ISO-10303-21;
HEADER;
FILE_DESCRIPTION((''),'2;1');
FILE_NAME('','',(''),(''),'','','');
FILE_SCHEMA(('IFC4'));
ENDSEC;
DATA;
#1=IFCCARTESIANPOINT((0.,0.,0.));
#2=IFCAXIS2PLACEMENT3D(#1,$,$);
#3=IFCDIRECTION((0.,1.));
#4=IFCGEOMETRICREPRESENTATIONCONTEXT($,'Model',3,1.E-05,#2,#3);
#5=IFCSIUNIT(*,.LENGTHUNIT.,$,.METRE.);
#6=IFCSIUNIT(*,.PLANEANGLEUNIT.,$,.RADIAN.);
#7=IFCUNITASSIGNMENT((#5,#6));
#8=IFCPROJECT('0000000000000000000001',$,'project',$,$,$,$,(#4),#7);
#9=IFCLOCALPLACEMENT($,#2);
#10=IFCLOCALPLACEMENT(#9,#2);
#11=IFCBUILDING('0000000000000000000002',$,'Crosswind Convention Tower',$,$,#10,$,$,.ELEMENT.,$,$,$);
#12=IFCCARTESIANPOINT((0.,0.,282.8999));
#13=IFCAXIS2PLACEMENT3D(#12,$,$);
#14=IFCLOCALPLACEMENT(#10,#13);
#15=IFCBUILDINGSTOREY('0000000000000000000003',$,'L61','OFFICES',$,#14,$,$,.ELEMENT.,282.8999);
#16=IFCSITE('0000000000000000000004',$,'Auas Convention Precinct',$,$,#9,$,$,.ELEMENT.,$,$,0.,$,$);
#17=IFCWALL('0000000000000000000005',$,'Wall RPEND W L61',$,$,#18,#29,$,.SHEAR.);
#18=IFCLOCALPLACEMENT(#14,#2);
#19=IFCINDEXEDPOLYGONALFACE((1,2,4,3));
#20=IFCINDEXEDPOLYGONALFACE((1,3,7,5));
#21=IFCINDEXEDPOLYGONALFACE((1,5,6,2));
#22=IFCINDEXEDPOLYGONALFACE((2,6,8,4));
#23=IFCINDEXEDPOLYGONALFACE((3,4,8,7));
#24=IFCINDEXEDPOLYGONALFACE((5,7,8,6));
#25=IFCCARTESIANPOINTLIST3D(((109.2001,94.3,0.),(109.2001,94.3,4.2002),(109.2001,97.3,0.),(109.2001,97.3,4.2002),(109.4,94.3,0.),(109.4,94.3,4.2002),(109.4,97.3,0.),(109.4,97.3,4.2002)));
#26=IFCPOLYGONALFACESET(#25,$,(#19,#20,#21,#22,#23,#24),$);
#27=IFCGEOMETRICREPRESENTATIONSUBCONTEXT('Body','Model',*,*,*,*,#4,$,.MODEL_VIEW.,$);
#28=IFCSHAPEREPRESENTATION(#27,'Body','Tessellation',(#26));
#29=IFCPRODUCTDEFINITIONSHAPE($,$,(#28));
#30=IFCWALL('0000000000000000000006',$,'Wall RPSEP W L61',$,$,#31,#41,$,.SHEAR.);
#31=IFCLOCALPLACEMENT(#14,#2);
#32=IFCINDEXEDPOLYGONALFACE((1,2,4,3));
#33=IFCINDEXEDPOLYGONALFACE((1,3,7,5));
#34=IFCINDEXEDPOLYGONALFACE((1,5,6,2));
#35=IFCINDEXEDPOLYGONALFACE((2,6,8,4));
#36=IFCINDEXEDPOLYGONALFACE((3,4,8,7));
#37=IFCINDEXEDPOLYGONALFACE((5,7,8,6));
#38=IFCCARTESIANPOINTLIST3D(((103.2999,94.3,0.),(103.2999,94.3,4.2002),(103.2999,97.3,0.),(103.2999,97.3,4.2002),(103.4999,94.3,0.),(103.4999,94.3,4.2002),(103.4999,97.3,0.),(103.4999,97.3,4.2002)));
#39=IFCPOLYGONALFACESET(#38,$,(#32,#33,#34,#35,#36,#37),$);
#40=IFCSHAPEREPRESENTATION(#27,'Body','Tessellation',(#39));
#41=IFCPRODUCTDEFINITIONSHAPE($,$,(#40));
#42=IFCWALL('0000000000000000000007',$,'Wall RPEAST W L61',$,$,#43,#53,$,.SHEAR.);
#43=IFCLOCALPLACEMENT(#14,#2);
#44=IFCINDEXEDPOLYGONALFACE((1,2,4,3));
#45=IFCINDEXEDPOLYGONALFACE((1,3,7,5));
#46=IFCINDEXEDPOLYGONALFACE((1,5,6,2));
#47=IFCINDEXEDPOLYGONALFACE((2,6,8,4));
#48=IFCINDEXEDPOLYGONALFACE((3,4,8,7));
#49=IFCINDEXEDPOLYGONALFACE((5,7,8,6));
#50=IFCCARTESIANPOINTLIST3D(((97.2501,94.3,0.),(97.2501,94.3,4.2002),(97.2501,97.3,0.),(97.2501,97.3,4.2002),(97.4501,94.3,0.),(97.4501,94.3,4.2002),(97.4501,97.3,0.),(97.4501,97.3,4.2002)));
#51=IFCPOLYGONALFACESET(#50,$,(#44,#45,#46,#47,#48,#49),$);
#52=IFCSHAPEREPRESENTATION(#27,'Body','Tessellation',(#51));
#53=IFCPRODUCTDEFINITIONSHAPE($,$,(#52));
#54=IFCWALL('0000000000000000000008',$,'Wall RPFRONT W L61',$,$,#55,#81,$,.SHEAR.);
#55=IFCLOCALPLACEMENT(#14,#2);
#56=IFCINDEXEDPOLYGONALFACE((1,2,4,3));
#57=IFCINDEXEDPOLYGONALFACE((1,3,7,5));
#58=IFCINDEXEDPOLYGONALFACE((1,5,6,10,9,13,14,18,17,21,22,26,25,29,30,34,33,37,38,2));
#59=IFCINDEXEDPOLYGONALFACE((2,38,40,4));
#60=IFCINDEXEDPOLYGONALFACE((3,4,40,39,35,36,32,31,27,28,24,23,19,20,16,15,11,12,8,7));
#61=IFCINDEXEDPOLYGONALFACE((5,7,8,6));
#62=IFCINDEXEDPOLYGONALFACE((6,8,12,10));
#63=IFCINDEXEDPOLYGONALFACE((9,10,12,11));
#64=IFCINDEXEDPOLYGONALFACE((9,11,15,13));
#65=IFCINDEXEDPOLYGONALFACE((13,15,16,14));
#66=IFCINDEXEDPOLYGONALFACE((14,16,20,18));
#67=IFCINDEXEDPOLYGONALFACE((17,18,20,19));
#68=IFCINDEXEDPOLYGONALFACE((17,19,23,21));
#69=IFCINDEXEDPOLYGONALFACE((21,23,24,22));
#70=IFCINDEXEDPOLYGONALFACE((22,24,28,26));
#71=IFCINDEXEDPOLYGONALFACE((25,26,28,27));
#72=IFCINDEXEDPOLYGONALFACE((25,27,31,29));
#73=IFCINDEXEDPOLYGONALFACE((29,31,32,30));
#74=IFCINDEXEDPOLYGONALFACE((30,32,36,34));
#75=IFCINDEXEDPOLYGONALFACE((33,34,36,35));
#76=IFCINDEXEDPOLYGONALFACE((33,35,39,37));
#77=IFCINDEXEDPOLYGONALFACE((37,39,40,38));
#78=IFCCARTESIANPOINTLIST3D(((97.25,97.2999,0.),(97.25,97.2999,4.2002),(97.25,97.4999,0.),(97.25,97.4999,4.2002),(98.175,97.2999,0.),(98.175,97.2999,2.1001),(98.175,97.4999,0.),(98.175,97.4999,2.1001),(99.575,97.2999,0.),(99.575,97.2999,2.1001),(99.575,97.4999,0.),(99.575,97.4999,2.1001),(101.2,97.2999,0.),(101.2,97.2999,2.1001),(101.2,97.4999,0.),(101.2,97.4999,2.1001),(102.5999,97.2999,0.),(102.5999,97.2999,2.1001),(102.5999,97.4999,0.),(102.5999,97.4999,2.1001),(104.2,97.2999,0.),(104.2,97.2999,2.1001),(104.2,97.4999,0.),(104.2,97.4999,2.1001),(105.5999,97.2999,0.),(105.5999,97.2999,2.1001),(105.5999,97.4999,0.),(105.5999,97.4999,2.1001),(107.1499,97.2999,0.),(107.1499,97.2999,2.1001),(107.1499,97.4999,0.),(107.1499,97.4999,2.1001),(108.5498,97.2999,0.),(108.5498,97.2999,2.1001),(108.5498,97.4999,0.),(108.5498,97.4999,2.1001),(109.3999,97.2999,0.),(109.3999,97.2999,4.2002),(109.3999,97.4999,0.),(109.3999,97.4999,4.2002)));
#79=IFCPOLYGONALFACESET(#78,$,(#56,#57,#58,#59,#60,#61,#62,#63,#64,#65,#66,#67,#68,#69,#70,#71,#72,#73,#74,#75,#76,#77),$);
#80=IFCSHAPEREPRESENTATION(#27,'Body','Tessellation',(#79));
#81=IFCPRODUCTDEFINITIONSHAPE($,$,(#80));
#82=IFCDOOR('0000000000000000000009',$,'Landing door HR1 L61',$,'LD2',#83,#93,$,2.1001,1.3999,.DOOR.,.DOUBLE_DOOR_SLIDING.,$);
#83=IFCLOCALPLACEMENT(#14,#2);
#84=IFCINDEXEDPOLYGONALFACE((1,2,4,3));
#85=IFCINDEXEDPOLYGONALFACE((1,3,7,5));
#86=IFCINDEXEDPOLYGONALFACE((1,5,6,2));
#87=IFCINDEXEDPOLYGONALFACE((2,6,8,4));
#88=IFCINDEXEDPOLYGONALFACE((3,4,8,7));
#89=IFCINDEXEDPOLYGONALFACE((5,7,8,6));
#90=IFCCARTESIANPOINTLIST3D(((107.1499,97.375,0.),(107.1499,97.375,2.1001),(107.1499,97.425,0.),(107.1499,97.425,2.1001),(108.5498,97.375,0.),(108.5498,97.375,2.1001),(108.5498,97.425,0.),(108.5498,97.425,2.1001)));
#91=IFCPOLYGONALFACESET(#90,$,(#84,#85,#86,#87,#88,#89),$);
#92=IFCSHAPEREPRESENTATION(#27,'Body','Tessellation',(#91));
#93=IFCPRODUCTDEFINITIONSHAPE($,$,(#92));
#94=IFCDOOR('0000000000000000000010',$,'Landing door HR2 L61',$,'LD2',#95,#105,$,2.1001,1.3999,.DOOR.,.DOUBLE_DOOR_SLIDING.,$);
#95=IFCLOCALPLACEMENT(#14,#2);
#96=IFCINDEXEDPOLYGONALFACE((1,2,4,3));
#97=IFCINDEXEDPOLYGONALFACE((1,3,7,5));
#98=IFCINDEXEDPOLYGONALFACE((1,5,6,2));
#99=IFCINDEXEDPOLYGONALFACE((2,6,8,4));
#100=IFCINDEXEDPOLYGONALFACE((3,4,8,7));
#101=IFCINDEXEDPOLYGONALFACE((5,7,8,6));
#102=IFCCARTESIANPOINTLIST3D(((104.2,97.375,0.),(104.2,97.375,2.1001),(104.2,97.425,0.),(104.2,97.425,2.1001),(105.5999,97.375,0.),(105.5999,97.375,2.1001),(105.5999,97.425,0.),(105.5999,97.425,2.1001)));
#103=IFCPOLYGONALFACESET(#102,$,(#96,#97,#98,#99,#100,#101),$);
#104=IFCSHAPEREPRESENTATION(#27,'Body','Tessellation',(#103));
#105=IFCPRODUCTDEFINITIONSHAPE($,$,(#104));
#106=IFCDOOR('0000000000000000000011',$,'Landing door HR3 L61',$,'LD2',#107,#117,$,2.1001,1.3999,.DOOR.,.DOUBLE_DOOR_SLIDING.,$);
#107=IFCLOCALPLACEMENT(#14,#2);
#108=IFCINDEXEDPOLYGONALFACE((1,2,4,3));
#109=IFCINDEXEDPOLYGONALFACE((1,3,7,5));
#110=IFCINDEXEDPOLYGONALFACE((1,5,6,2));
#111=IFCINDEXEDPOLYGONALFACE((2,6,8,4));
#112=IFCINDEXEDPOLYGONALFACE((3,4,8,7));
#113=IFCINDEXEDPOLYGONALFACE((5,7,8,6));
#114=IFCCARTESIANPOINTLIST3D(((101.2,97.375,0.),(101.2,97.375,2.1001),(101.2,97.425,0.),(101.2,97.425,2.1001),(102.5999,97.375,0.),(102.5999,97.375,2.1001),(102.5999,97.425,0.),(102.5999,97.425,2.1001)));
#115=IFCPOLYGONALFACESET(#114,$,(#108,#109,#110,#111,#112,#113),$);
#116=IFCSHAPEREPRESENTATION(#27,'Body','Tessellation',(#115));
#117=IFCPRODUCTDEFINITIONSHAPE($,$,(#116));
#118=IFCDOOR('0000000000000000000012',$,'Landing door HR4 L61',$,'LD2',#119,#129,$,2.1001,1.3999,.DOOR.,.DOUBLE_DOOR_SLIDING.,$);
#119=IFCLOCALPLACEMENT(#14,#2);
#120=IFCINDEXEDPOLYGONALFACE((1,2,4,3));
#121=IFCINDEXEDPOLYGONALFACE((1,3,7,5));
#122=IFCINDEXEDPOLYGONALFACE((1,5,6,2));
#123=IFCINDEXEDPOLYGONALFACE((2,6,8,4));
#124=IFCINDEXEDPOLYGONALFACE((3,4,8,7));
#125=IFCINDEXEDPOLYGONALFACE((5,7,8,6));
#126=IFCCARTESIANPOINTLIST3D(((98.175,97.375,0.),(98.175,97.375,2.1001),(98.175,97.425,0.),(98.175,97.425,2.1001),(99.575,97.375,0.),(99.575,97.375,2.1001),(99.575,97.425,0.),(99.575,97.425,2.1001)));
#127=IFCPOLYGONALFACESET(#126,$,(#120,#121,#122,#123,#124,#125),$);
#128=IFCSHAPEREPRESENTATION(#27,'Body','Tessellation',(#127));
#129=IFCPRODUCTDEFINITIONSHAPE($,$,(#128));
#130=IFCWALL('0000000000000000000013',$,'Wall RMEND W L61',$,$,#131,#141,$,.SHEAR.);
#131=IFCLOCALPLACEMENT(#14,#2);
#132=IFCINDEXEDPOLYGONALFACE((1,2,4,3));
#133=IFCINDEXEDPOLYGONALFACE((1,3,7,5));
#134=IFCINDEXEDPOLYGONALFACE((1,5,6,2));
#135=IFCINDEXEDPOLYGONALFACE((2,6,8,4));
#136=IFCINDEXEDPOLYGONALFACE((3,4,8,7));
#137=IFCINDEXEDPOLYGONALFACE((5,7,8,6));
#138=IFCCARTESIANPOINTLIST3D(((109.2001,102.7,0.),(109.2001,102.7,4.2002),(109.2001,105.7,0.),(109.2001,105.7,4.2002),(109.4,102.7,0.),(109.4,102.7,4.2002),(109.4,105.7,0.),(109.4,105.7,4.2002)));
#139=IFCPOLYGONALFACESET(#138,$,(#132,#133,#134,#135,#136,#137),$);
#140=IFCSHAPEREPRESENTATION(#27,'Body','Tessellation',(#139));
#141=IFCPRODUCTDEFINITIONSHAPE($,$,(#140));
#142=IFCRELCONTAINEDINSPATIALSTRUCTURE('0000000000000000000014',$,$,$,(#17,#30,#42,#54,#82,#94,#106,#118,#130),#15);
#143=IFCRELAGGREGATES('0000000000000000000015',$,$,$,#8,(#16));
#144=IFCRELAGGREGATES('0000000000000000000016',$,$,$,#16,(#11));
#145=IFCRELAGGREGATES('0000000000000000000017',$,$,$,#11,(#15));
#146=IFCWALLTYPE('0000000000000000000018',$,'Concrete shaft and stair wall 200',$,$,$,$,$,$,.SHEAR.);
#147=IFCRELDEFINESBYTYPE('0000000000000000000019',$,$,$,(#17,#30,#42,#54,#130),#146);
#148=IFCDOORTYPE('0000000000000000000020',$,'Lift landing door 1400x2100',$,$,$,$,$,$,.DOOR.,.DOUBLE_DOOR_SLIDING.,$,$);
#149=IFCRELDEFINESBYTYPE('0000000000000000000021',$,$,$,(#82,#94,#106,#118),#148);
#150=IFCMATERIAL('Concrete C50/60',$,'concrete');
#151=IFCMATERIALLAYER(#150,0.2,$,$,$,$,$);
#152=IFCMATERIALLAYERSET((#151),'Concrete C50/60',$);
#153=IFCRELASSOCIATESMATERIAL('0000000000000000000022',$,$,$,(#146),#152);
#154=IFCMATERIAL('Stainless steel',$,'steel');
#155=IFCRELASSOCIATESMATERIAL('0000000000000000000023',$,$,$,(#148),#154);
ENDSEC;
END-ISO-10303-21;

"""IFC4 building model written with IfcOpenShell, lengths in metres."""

from ifc_helpers import new_model, si_unit, direction, frame, frame_2d, origin, place, context, subcontext, project, spatial, rectangle, extrude, material, layer, layer_set, type_object, element, fill, save


model = new_model("IFC4")

# Units and contexts
model_context = context("Model", 3, precision=1e-05, world=origin(), true_north=direction((0.0, 1.0)))
body_context = subcontext(model_context, "Body", "Model", "MODEL_VIEW")
ifc_project = project(units=[si_unit("LENGTHUNIT", "METRE"), si_unit("PLANEANGLEUNIT", "RADIAN")], contexts=[model_context])

# Site, building, storey
site_placement = place(None, origin())
site = spatial("IfcSite", under=ifc_project, at=site_placement, Name="Auas Convention Precinct", CompositionType="ELEMENT", RefElevation=0.0)
building_placement = place(site_placement, origin())
building = spatial("IfcBuilding", under=site, at=building_placement, Name="Crosswind Convention Tower", CompositionType="ELEMENT")
storey_placement = place(building_placement, frame((0.0, 0.0, 282.8999)))
storey = spatial("IfcBuildingStorey", under=building, at=storey_placement, Name="L61", Description="OFFICES", CompositionType="ELEMENT", Elevation=282.8999)

# Walls
ifc_material_1 = material(Name="Concrete C50/60", Category="concrete")
ifc_layer_1 = layer(ifc_material_1, 0.2)
ifc_layer_set_1 = layer_set([ifc_layer_1], Name="Concrete C50/60")
wall_type_1 = type_object("IfcWallType", Name="Concrete shaft and stair wall 200", PredefinedType="SHEAR", material=ifc_layer_set_1)
for number, where, z_axis, x_axis, name in (
    (1, (109.3, 97.3, 0.0), (0.0, 0.0, 1.0), (0.0, -1.0, 0.0), "Wall RPEND W L61"),
    (2, (103.3999, 97.3, 0.0), (0.0, 0.0, 1.0), (0.0, -1.0, 0.0), "Wall RPSEP W L61"),
    (3, (97.3501, 97.3, 0.0), (0.0, 0.0, 1.0), (0.0, -1.0, 0.0), "Wall RPEAST W L61"),
):
    element("IfcWall", number, at=place(storey_placement, frame(where, z_axis=z_axis, x_axis=x_axis)), inside=storey, type_object=wall_type_1, Name=name, PredefinedType="SHEAR", context=body_context, shape_type="SweptSolid", body=[
        extrude(rectangle(XDim=3.0, YDim=0.2, at=frame_2d((1.5, 0.0))), origin(), (0.0, 0.0, 1.0), 4.2002),
    ])

# Wall, openings, doors
wall_1_placement = place(storey_placement, frame((109.3999, 97.3999, 0.0), z_axis=(0.0, 0.0, 1.0), x_axis=(-1.0, 0.0, 0.0)))
wall_1 = element("IfcWall", 4, at=wall_1_placement, inside=storey, type_object=wall_type_1, Name="Wall RPFRONT W L61", PredefinedType="SHEAR", context=body_context, shape_type="SweptSolid", body=[
    extrude(rectangle(XDim=12.1499, YDim=0.2, at=frame_2d((6.075, 0.0))), origin(), (0.0, 0.0, 1.0), 4.2002),
])
opening_1_placement = place(wall_1_placement, frame((0.8501, 0.0, 0.0)))
opening_1 = element("IfcOpeningElement", 5, at=opening_1_placement, cuts=wall_1, PredefinedType="OPENING", context=body_context, shape_type="SweptSolid", body=[
    extrude(rectangle(XDim=1.3999, YDim=2.1001, at=frame_2d((0.7, 1.05))), frame((0.0, 0.1099, 0.0), z_axis=(0.0, -1.0, 0.0), x_axis=(1.0, 0.0, 0.0)), (0.0, 0.0, 1.0), 0.22),
])
opening_2_placement = place(wall_1_placement, frame((3.8, 0.0, 0.0)))
opening_2 = element("IfcOpeningElement", 6, at=opening_2_placement, cuts=wall_1, PredefinedType="OPENING", context=body_context, shape_type="SweptSolid", body=[
    extrude(rectangle(XDim=1.3999, YDim=2.1001, at=frame_2d((0.7, 1.05))), frame((0.0, 0.1099, 0.0), z_axis=(0.0, -1.0, 0.0), x_axis=(1.0, 0.0, 0.0)), (0.0, 0.0, 1.0), 0.22),
])
opening_3_placement = place(wall_1_placement, frame((6.8, 0.0, 0.0)))
opening_3 = element("IfcOpeningElement", 7, at=opening_3_placement, cuts=wall_1, PredefinedType="OPENING", context=body_context, shape_type="SweptSolid", body=[
    extrude(rectangle(XDim=1.3999, YDim=2.1001, at=frame_2d((0.7, 1.05))), frame((0.0, 0.1099, 0.0), z_axis=(0.0, -1.0, 0.0), x_axis=(1.0, 0.0, 0.0)), (0.0, 0.0, 1.0), 0.22),
])
opening_4_placement = place(wall_1_placement, frame((9.825, 0.0, 0.0)))
opening_4 = element("IfcOpeningElement", 8, at=opening_4_placement, cuts=wall_1, PredefinedType="OPENING", context=body_context, shape_type="SweptSolid", body=[
    extrude(rectangle(XDim=1.3999, YDim=2.1001, at=frame_2d((0.7, 1.05))), frame((0.0, 0.1099, 0.0), z_axis=(0.0, -1.0, 0.0), x_axis=(1.0, 0.0, 0.0)), (0.0, 0.0, 1.0), 0.22),
])
ifc_material_2 = material(Name="Stainless steel", Category="steel")
door_type_1 = type_object("IfcDoorType", Name="Lift landing door 1400x2100", OperationType="DOUBLE_DOOR_SLIDING", PredefinedType="DOOR", material=ifc_material_2)
door_1_placement = place(opening_1_placement, origin())
door_1 = element("IfcDoor", 9, at=door_1_placement, inside=storey, type_object=door_type_1, Name="Landing door HR1 L61", ObjectType="LD2", OperationType="DOUBLE_DOOR_SLIDING", OverallHeight=2.1001, OverallWidth=1.3999, PredefinedType="DOOR", context=body_context, shape_type="SweptSolid", body=[
    extrude(rectangle(XDim=1.3999, YDim=2.1001, at=frame_2d((0.7, 1.05))), frame((0.0, 0.0249, 0.0), z_axis=(0.0, -1.0, 0.0), x_axis=(1.0, 0.0, 0.0)), (0.0, 0.0, 1.0), 0.05),
])
fill(opening_1, door_1)
door_2_placement = place(opening_2_placement, origin())
door_2 = element("IfcDoor", 10, at=door_2_placement, inside=storey, type_object=door_type_1, Name="Landing door HR2 L61", ObjectType="LD2", OperationType="DOUBLE_DOOR_SLIDING", OverallHeight=2.1001, OverallWidth=1.3999, PredefinedType="DOOR", context=body_context, shape_type="SweptSolid", body=[
    extrude(rectangle(XDim=1.3999, YDim=2.1001, at=frame_2d((0.7, 1.05))), frame((0.0, 0.0249, 0.0), z_axis=(0.0, -1.0, 0.0), x_axis=(1.0, 0.0, 0.0)), (0.0, 0.0, 1.0), 0.05),
])
fill(opening_2, door_2)
door_3_placement = place(opening_3_placement, origin())
door_3 = element("IfcDoor", 11, at=door_3_placement, inside=storey, type_object=door_type_1, Name="Landing door HR3 L61", ObjectType="LD2", OperationType="DOUBLE_DOOR_SLIDING", OverallHeight=2.1001, OverallWidth=1.3999, PredefinedType="DOOR", context=body_context, shape_type="SweptSolid", body=[
    extrude(rectangle(XDim=1.3999, YDim=2.1001, at=frame_2d((0.7, 1.05))), frame((0.0, 0.0249, 0.0), z_axis=(0.0, -1.0, 0.0), x_axis=(1.0, 0.0, 0.0)), (0.0, 0.0, 1.0), 0.05),
])
fill(opening_3, door_3)
door_4_placement = place(opening_4_placement, origin())
door_4 = element("IfcDoor", 12, at=door_4_placement, inside=storey, type_object=door_type_1, Name="Landing door HR4 L61", ObjectType="LD2", OperationType="DOUBLE_DOOR_SLIDING", OverallHeight=2.1001, OverallWidth=1.3999, PredefinedType="DOOR", context=body_context, shape_type="SweptSolid", body=[
    extrude(rectangle(XDim=1.3999, YDim=2.1001, at=frame_2d((0.7, 1.05))), frame((0.0, 0.0249, 0.0), z_axis=(0.0, -1.0, 0.0), x_axis=(1.0, 0.0, 0.0)), (0.0, 0.0, 1.0), 0.05),
])
fill(opening_4, door_4)

# Wall
wall_2_placement = place(storey_placement, frame((109.3, 105.7, 0.0), z_axis=(0.0, 0.0, 1.0), x_axis=(0.0, -1.0, 0.0)))
element("IfcWall", 13, at=wall_2_placement, inside=storey, type_object=wall_type_1, Name="Wall RMEND W L61", PredefinedType="SHEAR", context=body_context, shape_type="SweptSolid", body=[
    extrude(rectangle(XDim=3.0, YDim=0.2, at=frame_2d((1.5, 0.0))), origin(), (0.0, 0.0, 1.0), 4.2002),
])

save(model, "model.ifc")
